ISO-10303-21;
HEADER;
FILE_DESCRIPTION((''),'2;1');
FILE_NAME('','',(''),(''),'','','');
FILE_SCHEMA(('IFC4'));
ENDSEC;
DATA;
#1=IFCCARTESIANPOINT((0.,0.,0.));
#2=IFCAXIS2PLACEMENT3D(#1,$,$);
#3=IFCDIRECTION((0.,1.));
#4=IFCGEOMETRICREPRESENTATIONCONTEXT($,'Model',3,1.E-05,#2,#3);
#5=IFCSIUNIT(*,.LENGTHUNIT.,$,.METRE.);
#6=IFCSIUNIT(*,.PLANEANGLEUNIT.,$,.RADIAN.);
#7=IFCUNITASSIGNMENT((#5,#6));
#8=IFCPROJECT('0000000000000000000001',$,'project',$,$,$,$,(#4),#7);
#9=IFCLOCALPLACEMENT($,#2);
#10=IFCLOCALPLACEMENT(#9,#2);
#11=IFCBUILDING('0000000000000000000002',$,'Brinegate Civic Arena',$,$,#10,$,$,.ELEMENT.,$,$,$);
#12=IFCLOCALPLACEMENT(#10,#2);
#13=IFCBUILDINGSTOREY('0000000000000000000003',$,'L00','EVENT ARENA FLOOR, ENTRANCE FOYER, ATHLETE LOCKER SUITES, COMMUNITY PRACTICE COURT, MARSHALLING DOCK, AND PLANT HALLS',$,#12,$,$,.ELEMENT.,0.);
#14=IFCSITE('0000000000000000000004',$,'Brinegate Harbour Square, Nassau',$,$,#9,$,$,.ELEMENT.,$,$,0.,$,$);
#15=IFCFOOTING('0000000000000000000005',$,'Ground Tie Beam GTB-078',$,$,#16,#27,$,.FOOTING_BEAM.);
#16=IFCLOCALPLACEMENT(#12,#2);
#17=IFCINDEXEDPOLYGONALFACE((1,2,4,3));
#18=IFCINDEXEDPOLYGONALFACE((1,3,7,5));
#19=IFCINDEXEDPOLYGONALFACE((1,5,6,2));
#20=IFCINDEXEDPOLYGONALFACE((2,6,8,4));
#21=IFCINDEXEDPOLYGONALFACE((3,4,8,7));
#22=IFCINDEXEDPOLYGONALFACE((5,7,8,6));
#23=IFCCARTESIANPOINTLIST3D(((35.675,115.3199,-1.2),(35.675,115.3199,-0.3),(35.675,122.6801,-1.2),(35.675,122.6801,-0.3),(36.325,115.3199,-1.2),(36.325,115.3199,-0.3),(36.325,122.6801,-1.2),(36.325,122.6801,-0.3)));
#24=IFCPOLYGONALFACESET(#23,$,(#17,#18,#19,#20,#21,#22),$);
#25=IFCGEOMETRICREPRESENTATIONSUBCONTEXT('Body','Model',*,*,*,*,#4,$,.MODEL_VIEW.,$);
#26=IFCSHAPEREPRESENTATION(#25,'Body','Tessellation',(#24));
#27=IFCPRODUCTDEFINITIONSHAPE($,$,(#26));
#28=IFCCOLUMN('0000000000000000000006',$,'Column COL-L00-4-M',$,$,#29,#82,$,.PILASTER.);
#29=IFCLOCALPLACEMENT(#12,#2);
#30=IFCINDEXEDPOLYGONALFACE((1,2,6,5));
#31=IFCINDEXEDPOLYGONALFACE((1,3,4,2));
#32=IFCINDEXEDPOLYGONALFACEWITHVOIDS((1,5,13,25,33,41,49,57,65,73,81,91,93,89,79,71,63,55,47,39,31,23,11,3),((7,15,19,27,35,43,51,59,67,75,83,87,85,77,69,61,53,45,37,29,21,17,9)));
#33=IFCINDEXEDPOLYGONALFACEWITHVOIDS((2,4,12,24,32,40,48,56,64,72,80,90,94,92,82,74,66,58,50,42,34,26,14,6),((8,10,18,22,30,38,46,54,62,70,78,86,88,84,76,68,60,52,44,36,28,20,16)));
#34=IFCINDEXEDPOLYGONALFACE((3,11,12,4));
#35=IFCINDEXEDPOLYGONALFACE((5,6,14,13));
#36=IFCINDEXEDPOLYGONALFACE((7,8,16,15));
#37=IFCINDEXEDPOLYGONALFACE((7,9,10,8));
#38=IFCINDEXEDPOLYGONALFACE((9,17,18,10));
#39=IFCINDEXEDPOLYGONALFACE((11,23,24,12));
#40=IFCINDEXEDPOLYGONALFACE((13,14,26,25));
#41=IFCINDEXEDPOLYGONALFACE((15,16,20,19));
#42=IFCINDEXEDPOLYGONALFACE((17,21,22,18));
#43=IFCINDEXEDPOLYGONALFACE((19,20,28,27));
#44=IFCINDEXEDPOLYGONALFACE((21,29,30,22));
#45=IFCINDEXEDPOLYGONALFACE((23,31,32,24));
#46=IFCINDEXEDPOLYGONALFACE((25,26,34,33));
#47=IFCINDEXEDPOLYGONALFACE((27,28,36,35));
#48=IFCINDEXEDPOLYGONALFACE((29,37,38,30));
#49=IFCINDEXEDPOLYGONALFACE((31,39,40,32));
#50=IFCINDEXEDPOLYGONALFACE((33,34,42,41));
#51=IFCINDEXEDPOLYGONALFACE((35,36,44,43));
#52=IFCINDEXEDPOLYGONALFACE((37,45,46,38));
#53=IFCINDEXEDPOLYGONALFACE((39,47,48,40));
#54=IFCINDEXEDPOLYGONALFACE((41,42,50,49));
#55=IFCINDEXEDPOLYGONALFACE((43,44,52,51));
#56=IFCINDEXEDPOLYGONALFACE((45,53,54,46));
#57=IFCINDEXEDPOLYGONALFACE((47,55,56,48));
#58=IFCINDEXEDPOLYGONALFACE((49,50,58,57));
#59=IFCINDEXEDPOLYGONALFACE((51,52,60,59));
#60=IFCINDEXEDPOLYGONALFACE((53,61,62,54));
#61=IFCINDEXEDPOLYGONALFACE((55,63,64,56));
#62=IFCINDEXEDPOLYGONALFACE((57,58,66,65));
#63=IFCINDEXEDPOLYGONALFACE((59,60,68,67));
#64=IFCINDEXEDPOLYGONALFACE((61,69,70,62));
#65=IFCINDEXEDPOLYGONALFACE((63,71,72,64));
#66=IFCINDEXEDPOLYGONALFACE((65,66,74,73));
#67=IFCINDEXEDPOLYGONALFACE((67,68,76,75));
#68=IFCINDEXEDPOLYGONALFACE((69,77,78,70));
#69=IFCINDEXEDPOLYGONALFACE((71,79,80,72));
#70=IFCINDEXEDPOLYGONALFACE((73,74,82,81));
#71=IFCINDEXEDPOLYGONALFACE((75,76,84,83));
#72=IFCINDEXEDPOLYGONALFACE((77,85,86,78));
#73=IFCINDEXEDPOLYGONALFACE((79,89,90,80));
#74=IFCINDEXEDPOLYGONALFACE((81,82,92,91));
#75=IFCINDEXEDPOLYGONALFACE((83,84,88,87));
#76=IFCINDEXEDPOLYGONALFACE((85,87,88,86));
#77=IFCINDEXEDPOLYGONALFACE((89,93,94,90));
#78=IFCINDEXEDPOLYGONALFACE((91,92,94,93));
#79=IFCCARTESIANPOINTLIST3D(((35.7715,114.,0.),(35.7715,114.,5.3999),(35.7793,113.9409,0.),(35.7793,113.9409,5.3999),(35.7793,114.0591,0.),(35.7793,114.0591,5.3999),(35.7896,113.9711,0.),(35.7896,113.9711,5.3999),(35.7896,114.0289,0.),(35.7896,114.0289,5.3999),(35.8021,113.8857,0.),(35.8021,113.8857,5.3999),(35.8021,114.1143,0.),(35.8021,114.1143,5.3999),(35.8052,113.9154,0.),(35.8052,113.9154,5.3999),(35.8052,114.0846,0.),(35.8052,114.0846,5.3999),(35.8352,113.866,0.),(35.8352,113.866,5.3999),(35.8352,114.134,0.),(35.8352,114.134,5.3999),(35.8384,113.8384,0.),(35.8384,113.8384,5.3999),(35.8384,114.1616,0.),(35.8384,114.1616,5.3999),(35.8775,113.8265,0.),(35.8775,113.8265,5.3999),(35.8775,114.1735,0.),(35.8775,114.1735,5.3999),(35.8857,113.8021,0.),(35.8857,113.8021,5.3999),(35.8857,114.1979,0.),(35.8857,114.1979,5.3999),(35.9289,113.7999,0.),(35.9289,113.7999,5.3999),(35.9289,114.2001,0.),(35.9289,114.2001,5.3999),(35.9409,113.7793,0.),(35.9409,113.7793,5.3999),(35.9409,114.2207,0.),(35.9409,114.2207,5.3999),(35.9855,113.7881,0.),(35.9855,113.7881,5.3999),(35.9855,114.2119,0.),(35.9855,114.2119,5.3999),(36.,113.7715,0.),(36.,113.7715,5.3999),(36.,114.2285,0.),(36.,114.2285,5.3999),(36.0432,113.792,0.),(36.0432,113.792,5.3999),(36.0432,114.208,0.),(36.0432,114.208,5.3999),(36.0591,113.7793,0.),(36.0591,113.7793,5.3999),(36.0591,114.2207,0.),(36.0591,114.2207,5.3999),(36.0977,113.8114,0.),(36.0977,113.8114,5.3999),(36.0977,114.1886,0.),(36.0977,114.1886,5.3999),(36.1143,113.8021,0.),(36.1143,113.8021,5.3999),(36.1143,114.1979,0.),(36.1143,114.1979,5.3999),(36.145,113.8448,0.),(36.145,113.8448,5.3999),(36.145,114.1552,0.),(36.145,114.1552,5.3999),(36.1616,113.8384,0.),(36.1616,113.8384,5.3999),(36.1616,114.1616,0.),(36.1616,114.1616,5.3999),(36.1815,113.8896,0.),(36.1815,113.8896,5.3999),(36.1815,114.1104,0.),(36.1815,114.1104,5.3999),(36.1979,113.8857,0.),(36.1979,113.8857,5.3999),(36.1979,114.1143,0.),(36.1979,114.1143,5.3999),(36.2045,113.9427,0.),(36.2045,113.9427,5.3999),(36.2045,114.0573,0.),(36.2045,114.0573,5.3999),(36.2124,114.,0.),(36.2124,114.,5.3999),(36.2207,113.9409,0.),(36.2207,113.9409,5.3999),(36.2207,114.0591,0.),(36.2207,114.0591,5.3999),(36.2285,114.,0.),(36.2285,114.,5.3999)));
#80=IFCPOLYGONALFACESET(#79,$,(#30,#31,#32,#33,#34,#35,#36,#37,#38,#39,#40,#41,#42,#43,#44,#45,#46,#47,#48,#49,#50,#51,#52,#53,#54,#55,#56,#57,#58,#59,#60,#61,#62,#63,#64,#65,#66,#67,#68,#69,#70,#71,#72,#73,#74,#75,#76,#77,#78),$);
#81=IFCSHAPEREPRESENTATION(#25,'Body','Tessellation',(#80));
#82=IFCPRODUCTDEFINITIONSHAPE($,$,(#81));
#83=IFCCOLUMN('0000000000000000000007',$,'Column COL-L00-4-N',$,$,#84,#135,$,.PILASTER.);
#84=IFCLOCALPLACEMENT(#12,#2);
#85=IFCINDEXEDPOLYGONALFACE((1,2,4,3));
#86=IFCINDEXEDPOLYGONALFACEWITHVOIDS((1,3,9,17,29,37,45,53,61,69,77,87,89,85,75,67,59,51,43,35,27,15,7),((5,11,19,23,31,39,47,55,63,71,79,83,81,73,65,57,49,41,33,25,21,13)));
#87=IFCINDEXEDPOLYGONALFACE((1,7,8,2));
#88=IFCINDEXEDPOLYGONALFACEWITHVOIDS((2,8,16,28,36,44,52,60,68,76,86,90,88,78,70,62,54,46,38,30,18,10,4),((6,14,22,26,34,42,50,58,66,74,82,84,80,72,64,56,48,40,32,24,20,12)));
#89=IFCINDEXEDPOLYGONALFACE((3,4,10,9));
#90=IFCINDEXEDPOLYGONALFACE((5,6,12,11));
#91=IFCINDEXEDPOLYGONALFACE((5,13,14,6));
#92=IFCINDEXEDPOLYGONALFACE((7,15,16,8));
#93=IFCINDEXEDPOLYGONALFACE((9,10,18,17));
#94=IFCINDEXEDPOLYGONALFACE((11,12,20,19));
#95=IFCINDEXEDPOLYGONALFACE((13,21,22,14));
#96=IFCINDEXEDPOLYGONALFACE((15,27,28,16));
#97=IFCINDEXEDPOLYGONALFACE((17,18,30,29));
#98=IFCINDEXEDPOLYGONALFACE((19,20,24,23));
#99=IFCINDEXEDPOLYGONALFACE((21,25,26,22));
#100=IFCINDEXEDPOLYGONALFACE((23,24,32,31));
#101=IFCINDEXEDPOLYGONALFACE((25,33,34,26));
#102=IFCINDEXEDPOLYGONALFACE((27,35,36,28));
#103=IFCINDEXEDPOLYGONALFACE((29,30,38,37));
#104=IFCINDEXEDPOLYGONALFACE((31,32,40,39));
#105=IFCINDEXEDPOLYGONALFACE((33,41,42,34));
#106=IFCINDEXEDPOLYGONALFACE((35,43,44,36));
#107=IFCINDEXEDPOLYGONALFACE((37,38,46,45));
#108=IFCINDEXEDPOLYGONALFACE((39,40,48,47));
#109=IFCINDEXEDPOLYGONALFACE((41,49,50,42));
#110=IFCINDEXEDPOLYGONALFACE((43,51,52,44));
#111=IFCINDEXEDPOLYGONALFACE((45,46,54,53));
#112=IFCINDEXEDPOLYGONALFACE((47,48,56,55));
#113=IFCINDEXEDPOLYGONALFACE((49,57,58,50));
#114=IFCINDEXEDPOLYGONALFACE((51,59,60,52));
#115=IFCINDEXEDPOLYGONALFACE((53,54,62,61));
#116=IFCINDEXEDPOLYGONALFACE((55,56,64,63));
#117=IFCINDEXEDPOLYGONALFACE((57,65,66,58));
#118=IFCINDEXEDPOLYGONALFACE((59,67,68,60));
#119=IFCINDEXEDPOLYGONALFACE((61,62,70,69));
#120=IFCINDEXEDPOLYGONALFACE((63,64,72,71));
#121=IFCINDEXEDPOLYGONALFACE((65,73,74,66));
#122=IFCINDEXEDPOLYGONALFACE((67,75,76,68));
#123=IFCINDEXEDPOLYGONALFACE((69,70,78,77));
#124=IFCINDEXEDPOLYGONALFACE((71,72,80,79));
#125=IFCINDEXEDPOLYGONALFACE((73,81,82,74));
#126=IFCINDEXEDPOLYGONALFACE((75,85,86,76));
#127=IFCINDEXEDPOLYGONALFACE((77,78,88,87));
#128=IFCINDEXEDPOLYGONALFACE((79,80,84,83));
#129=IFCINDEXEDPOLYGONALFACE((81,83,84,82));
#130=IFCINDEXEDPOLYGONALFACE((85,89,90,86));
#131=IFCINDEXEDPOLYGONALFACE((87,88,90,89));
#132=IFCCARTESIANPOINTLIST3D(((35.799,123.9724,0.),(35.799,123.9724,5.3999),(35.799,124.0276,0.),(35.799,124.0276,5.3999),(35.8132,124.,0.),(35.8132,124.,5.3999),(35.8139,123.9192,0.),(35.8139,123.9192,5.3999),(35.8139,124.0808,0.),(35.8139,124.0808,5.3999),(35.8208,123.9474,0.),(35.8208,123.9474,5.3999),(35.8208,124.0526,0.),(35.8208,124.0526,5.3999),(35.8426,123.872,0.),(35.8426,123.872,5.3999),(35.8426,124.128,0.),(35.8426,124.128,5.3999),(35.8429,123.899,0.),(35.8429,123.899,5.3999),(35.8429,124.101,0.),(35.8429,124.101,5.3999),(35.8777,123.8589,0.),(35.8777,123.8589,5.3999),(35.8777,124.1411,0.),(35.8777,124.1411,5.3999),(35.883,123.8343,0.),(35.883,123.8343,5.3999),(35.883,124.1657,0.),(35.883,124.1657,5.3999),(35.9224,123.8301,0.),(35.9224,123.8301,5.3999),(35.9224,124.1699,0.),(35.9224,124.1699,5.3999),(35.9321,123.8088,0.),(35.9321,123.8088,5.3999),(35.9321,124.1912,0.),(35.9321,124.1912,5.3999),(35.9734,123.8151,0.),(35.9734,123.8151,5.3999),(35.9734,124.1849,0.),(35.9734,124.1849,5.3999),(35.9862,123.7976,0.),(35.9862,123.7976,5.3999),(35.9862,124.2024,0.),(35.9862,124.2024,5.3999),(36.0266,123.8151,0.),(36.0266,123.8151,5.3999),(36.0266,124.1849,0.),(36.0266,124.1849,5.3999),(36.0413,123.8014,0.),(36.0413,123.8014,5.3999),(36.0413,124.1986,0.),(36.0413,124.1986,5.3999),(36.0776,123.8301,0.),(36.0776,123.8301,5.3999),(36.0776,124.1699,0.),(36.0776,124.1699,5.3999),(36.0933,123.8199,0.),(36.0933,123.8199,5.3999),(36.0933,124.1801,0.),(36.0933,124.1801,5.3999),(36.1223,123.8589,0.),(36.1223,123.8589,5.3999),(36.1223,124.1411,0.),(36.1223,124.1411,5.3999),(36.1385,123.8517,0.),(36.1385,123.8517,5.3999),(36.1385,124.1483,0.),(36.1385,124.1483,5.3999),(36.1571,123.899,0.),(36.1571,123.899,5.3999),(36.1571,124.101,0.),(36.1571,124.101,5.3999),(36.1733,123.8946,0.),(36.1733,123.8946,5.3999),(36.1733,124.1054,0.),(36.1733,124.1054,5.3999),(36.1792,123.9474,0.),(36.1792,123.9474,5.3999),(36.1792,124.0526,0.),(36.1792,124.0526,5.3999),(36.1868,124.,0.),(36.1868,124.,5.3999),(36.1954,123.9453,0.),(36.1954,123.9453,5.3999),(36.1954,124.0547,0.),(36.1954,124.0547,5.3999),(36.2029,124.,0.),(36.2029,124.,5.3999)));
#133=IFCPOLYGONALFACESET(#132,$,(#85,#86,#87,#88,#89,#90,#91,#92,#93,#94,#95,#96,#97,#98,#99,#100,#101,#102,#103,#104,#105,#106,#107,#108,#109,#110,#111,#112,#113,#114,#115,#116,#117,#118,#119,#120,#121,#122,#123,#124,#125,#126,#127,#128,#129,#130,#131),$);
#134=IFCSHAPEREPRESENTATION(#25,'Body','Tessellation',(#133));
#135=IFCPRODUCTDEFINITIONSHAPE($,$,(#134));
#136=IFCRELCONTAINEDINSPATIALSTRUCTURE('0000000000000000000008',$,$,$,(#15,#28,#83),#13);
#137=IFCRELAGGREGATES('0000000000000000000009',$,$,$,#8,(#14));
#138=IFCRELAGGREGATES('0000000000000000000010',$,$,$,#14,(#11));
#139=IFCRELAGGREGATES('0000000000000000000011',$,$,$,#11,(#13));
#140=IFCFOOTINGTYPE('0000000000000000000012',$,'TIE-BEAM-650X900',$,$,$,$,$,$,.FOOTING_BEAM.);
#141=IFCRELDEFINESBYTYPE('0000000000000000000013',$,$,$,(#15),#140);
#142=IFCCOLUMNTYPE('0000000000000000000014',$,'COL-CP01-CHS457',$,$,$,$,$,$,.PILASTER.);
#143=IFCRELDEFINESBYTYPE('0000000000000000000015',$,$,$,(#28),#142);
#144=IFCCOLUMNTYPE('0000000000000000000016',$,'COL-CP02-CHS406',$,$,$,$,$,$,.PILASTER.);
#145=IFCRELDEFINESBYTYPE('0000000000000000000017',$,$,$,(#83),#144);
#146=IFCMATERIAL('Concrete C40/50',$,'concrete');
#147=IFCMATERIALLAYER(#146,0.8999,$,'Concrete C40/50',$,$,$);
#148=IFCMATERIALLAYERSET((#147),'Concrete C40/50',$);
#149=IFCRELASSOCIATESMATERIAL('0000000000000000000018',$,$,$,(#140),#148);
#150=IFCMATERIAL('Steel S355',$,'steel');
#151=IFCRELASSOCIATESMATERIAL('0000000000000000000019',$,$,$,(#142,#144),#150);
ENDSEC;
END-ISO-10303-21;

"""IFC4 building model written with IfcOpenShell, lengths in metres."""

from ifc_helpers import new_model, si_unit, direction, frame, origin, origin_2d, place, context, subcontext, project, spatial, rectangle, hollow_circle, extrude, material, layer, layer_set, material_profile, profile_set, type_object, element, save


model = new_model("IFC4")

# Units and contexts
model_context = context("Model", 3, precision=1e-05, world=origin(), true_north=direction((0.0, 1.0)))
body_context = subcontext(model_context, "Body", "Model", "MODEL_VIEW")
ifc_project = project(units=[si_unit("LENGTHUNIT", "METRE"), si_unit("PLANEANGLEUNIT", "RADIAN")], contexts=[model_context])

# Site, building, storey
site_placement = place(None, origin())
site = spatial("IfcSite", under=ifc_project, at=site_placement, Name="Brinegate Harbour Square, Nassau", CompositionType="ELEMENT", RefElevation=0.0)
building_placement = place(site_placement, origin())
building = spatial("IfcBuilding", under=site, at=building_placement, Name="Brinegate Civic Arena", CompositionType="ELEMENT")
storey_placement = place(building_placement, origin())
storey = spatial("IfcBuildingStorey", under=building, at=storey_placement, Name="L00", Description="EVENT ARENA FLOOR, ENTRANCE FOYER, ATHLETE LOCKER SUITES, COMMUNITY PRACTICE COURT, MARSHALLING DOCK, AND PLANT HALLS", CompositionType="ELEMENT", Elevation=0.0)

# Shared definitions
ifc_material_1 = material(Name="Concrete C40/50", Category="concrete")

# Footing
ifc_layer_1 = layer(ifc_material_1, 0.8999, Name="Concrete C40/50")
ifc_layer_set_1 = layer_set([ifc_layer_1], Name="Concrete C40/50")
footing_type_1 = type_object("IfcFootingType", Name="TIE-BEAM-650X900", PredefinedType="FOOTING_BEAM", material=ifc_layer_set_1)
footing_placement = place(storey_placement, frame((36.0, 119.0, -1.2), z_axis=(0.0, 0.0, 1.0), x_axis=(0.0, 1.0, 0.0)))
element("IfcFooting", 1, at=footing_placement, inside=storey, type_object=footing_type_1, Name="Ground Tie Beam GTB-078", PredefinedType="FOOTING_BEAM", context=body_context, shape_type="SweptSolid", body=[
    extrude(rectangle(XDim=7.3601, YDim=0.6499, at=origin_2d()), origin(), (0.0, 0.0, 1.0), 0.8999),
])

# Columns
ifc_material_2 = material(Name="Steel S355", Category="steel")
ifc_material_profile_1 = material_profile(ifc_material_2, hollow_circle(Radius=0.2285, WallThickness=0.0161, at=origin_2d()), Name="CHS457X16")
ifc_profile_set_1 = profile_set([ifc_material_profile_1], Name="Steel S355")
column_type_1 = type_object("IfcColumnType", Name="COL-CP01-CHS457", PredefinedType="PILASTER", material=ifc_profile_set_1)
column_1_placement = place(storey_placement, frame((36.0, 114.0, 0.0), z_axis=(0.0, 0.0, 1.0), x_axis=(1.0, 0.0, 0.0)))
element("IfcColumn", 2, at=column_1_placement, inside=storey, type_object=column_type_1, Name="Column COL-L00-4-M", PredefinedType="PILASTER", context=body_context, shape_type="SweptSolid", body=[
    extrude(hollow_circle(Radius=0.2285, WallThickness=0.0161, at=origin_2d()), origin(), (0.0, 0.0, 1.0), 5.3999),
])
ifc_material_profile_2 = material_profile(ifc_material_2, hollow_circle(Radius=0.2029, WallThickness=0.0161, at=origin_2d()), Name="CHS406X16")
ifc_profile_set_2 = profile_set([ifc_material_profile_2], Name="Steel S355")
column_type_2 = type_object("IfcColumnType", Name="COL-CP02-CHS406", PredefinedType="PILASTER", material=ifc_profile_set_2)
column_2_placement = place(storey_placement, frame((36.0, 124.0, 0.0), z_axis=(0.0, 0.0, 1.0), x_axis=(1.0, 0.0, 0.0)))
element("IfcColumn", 3, at=column_2_placement, inside=storey, type_object=column_type_2, Name="Column COL-L00-4-N", PredefinedType="PILASTER", context=body_context, shape_type="SweptSolid", body=[
    extrude(hollow_circle(Radius=0.2029, WallThickness=0.0161, at=origin_2d()), origin(), (0.0, 0.0, 1.0), 5.3999),
])

save(model, "model.ifc")
